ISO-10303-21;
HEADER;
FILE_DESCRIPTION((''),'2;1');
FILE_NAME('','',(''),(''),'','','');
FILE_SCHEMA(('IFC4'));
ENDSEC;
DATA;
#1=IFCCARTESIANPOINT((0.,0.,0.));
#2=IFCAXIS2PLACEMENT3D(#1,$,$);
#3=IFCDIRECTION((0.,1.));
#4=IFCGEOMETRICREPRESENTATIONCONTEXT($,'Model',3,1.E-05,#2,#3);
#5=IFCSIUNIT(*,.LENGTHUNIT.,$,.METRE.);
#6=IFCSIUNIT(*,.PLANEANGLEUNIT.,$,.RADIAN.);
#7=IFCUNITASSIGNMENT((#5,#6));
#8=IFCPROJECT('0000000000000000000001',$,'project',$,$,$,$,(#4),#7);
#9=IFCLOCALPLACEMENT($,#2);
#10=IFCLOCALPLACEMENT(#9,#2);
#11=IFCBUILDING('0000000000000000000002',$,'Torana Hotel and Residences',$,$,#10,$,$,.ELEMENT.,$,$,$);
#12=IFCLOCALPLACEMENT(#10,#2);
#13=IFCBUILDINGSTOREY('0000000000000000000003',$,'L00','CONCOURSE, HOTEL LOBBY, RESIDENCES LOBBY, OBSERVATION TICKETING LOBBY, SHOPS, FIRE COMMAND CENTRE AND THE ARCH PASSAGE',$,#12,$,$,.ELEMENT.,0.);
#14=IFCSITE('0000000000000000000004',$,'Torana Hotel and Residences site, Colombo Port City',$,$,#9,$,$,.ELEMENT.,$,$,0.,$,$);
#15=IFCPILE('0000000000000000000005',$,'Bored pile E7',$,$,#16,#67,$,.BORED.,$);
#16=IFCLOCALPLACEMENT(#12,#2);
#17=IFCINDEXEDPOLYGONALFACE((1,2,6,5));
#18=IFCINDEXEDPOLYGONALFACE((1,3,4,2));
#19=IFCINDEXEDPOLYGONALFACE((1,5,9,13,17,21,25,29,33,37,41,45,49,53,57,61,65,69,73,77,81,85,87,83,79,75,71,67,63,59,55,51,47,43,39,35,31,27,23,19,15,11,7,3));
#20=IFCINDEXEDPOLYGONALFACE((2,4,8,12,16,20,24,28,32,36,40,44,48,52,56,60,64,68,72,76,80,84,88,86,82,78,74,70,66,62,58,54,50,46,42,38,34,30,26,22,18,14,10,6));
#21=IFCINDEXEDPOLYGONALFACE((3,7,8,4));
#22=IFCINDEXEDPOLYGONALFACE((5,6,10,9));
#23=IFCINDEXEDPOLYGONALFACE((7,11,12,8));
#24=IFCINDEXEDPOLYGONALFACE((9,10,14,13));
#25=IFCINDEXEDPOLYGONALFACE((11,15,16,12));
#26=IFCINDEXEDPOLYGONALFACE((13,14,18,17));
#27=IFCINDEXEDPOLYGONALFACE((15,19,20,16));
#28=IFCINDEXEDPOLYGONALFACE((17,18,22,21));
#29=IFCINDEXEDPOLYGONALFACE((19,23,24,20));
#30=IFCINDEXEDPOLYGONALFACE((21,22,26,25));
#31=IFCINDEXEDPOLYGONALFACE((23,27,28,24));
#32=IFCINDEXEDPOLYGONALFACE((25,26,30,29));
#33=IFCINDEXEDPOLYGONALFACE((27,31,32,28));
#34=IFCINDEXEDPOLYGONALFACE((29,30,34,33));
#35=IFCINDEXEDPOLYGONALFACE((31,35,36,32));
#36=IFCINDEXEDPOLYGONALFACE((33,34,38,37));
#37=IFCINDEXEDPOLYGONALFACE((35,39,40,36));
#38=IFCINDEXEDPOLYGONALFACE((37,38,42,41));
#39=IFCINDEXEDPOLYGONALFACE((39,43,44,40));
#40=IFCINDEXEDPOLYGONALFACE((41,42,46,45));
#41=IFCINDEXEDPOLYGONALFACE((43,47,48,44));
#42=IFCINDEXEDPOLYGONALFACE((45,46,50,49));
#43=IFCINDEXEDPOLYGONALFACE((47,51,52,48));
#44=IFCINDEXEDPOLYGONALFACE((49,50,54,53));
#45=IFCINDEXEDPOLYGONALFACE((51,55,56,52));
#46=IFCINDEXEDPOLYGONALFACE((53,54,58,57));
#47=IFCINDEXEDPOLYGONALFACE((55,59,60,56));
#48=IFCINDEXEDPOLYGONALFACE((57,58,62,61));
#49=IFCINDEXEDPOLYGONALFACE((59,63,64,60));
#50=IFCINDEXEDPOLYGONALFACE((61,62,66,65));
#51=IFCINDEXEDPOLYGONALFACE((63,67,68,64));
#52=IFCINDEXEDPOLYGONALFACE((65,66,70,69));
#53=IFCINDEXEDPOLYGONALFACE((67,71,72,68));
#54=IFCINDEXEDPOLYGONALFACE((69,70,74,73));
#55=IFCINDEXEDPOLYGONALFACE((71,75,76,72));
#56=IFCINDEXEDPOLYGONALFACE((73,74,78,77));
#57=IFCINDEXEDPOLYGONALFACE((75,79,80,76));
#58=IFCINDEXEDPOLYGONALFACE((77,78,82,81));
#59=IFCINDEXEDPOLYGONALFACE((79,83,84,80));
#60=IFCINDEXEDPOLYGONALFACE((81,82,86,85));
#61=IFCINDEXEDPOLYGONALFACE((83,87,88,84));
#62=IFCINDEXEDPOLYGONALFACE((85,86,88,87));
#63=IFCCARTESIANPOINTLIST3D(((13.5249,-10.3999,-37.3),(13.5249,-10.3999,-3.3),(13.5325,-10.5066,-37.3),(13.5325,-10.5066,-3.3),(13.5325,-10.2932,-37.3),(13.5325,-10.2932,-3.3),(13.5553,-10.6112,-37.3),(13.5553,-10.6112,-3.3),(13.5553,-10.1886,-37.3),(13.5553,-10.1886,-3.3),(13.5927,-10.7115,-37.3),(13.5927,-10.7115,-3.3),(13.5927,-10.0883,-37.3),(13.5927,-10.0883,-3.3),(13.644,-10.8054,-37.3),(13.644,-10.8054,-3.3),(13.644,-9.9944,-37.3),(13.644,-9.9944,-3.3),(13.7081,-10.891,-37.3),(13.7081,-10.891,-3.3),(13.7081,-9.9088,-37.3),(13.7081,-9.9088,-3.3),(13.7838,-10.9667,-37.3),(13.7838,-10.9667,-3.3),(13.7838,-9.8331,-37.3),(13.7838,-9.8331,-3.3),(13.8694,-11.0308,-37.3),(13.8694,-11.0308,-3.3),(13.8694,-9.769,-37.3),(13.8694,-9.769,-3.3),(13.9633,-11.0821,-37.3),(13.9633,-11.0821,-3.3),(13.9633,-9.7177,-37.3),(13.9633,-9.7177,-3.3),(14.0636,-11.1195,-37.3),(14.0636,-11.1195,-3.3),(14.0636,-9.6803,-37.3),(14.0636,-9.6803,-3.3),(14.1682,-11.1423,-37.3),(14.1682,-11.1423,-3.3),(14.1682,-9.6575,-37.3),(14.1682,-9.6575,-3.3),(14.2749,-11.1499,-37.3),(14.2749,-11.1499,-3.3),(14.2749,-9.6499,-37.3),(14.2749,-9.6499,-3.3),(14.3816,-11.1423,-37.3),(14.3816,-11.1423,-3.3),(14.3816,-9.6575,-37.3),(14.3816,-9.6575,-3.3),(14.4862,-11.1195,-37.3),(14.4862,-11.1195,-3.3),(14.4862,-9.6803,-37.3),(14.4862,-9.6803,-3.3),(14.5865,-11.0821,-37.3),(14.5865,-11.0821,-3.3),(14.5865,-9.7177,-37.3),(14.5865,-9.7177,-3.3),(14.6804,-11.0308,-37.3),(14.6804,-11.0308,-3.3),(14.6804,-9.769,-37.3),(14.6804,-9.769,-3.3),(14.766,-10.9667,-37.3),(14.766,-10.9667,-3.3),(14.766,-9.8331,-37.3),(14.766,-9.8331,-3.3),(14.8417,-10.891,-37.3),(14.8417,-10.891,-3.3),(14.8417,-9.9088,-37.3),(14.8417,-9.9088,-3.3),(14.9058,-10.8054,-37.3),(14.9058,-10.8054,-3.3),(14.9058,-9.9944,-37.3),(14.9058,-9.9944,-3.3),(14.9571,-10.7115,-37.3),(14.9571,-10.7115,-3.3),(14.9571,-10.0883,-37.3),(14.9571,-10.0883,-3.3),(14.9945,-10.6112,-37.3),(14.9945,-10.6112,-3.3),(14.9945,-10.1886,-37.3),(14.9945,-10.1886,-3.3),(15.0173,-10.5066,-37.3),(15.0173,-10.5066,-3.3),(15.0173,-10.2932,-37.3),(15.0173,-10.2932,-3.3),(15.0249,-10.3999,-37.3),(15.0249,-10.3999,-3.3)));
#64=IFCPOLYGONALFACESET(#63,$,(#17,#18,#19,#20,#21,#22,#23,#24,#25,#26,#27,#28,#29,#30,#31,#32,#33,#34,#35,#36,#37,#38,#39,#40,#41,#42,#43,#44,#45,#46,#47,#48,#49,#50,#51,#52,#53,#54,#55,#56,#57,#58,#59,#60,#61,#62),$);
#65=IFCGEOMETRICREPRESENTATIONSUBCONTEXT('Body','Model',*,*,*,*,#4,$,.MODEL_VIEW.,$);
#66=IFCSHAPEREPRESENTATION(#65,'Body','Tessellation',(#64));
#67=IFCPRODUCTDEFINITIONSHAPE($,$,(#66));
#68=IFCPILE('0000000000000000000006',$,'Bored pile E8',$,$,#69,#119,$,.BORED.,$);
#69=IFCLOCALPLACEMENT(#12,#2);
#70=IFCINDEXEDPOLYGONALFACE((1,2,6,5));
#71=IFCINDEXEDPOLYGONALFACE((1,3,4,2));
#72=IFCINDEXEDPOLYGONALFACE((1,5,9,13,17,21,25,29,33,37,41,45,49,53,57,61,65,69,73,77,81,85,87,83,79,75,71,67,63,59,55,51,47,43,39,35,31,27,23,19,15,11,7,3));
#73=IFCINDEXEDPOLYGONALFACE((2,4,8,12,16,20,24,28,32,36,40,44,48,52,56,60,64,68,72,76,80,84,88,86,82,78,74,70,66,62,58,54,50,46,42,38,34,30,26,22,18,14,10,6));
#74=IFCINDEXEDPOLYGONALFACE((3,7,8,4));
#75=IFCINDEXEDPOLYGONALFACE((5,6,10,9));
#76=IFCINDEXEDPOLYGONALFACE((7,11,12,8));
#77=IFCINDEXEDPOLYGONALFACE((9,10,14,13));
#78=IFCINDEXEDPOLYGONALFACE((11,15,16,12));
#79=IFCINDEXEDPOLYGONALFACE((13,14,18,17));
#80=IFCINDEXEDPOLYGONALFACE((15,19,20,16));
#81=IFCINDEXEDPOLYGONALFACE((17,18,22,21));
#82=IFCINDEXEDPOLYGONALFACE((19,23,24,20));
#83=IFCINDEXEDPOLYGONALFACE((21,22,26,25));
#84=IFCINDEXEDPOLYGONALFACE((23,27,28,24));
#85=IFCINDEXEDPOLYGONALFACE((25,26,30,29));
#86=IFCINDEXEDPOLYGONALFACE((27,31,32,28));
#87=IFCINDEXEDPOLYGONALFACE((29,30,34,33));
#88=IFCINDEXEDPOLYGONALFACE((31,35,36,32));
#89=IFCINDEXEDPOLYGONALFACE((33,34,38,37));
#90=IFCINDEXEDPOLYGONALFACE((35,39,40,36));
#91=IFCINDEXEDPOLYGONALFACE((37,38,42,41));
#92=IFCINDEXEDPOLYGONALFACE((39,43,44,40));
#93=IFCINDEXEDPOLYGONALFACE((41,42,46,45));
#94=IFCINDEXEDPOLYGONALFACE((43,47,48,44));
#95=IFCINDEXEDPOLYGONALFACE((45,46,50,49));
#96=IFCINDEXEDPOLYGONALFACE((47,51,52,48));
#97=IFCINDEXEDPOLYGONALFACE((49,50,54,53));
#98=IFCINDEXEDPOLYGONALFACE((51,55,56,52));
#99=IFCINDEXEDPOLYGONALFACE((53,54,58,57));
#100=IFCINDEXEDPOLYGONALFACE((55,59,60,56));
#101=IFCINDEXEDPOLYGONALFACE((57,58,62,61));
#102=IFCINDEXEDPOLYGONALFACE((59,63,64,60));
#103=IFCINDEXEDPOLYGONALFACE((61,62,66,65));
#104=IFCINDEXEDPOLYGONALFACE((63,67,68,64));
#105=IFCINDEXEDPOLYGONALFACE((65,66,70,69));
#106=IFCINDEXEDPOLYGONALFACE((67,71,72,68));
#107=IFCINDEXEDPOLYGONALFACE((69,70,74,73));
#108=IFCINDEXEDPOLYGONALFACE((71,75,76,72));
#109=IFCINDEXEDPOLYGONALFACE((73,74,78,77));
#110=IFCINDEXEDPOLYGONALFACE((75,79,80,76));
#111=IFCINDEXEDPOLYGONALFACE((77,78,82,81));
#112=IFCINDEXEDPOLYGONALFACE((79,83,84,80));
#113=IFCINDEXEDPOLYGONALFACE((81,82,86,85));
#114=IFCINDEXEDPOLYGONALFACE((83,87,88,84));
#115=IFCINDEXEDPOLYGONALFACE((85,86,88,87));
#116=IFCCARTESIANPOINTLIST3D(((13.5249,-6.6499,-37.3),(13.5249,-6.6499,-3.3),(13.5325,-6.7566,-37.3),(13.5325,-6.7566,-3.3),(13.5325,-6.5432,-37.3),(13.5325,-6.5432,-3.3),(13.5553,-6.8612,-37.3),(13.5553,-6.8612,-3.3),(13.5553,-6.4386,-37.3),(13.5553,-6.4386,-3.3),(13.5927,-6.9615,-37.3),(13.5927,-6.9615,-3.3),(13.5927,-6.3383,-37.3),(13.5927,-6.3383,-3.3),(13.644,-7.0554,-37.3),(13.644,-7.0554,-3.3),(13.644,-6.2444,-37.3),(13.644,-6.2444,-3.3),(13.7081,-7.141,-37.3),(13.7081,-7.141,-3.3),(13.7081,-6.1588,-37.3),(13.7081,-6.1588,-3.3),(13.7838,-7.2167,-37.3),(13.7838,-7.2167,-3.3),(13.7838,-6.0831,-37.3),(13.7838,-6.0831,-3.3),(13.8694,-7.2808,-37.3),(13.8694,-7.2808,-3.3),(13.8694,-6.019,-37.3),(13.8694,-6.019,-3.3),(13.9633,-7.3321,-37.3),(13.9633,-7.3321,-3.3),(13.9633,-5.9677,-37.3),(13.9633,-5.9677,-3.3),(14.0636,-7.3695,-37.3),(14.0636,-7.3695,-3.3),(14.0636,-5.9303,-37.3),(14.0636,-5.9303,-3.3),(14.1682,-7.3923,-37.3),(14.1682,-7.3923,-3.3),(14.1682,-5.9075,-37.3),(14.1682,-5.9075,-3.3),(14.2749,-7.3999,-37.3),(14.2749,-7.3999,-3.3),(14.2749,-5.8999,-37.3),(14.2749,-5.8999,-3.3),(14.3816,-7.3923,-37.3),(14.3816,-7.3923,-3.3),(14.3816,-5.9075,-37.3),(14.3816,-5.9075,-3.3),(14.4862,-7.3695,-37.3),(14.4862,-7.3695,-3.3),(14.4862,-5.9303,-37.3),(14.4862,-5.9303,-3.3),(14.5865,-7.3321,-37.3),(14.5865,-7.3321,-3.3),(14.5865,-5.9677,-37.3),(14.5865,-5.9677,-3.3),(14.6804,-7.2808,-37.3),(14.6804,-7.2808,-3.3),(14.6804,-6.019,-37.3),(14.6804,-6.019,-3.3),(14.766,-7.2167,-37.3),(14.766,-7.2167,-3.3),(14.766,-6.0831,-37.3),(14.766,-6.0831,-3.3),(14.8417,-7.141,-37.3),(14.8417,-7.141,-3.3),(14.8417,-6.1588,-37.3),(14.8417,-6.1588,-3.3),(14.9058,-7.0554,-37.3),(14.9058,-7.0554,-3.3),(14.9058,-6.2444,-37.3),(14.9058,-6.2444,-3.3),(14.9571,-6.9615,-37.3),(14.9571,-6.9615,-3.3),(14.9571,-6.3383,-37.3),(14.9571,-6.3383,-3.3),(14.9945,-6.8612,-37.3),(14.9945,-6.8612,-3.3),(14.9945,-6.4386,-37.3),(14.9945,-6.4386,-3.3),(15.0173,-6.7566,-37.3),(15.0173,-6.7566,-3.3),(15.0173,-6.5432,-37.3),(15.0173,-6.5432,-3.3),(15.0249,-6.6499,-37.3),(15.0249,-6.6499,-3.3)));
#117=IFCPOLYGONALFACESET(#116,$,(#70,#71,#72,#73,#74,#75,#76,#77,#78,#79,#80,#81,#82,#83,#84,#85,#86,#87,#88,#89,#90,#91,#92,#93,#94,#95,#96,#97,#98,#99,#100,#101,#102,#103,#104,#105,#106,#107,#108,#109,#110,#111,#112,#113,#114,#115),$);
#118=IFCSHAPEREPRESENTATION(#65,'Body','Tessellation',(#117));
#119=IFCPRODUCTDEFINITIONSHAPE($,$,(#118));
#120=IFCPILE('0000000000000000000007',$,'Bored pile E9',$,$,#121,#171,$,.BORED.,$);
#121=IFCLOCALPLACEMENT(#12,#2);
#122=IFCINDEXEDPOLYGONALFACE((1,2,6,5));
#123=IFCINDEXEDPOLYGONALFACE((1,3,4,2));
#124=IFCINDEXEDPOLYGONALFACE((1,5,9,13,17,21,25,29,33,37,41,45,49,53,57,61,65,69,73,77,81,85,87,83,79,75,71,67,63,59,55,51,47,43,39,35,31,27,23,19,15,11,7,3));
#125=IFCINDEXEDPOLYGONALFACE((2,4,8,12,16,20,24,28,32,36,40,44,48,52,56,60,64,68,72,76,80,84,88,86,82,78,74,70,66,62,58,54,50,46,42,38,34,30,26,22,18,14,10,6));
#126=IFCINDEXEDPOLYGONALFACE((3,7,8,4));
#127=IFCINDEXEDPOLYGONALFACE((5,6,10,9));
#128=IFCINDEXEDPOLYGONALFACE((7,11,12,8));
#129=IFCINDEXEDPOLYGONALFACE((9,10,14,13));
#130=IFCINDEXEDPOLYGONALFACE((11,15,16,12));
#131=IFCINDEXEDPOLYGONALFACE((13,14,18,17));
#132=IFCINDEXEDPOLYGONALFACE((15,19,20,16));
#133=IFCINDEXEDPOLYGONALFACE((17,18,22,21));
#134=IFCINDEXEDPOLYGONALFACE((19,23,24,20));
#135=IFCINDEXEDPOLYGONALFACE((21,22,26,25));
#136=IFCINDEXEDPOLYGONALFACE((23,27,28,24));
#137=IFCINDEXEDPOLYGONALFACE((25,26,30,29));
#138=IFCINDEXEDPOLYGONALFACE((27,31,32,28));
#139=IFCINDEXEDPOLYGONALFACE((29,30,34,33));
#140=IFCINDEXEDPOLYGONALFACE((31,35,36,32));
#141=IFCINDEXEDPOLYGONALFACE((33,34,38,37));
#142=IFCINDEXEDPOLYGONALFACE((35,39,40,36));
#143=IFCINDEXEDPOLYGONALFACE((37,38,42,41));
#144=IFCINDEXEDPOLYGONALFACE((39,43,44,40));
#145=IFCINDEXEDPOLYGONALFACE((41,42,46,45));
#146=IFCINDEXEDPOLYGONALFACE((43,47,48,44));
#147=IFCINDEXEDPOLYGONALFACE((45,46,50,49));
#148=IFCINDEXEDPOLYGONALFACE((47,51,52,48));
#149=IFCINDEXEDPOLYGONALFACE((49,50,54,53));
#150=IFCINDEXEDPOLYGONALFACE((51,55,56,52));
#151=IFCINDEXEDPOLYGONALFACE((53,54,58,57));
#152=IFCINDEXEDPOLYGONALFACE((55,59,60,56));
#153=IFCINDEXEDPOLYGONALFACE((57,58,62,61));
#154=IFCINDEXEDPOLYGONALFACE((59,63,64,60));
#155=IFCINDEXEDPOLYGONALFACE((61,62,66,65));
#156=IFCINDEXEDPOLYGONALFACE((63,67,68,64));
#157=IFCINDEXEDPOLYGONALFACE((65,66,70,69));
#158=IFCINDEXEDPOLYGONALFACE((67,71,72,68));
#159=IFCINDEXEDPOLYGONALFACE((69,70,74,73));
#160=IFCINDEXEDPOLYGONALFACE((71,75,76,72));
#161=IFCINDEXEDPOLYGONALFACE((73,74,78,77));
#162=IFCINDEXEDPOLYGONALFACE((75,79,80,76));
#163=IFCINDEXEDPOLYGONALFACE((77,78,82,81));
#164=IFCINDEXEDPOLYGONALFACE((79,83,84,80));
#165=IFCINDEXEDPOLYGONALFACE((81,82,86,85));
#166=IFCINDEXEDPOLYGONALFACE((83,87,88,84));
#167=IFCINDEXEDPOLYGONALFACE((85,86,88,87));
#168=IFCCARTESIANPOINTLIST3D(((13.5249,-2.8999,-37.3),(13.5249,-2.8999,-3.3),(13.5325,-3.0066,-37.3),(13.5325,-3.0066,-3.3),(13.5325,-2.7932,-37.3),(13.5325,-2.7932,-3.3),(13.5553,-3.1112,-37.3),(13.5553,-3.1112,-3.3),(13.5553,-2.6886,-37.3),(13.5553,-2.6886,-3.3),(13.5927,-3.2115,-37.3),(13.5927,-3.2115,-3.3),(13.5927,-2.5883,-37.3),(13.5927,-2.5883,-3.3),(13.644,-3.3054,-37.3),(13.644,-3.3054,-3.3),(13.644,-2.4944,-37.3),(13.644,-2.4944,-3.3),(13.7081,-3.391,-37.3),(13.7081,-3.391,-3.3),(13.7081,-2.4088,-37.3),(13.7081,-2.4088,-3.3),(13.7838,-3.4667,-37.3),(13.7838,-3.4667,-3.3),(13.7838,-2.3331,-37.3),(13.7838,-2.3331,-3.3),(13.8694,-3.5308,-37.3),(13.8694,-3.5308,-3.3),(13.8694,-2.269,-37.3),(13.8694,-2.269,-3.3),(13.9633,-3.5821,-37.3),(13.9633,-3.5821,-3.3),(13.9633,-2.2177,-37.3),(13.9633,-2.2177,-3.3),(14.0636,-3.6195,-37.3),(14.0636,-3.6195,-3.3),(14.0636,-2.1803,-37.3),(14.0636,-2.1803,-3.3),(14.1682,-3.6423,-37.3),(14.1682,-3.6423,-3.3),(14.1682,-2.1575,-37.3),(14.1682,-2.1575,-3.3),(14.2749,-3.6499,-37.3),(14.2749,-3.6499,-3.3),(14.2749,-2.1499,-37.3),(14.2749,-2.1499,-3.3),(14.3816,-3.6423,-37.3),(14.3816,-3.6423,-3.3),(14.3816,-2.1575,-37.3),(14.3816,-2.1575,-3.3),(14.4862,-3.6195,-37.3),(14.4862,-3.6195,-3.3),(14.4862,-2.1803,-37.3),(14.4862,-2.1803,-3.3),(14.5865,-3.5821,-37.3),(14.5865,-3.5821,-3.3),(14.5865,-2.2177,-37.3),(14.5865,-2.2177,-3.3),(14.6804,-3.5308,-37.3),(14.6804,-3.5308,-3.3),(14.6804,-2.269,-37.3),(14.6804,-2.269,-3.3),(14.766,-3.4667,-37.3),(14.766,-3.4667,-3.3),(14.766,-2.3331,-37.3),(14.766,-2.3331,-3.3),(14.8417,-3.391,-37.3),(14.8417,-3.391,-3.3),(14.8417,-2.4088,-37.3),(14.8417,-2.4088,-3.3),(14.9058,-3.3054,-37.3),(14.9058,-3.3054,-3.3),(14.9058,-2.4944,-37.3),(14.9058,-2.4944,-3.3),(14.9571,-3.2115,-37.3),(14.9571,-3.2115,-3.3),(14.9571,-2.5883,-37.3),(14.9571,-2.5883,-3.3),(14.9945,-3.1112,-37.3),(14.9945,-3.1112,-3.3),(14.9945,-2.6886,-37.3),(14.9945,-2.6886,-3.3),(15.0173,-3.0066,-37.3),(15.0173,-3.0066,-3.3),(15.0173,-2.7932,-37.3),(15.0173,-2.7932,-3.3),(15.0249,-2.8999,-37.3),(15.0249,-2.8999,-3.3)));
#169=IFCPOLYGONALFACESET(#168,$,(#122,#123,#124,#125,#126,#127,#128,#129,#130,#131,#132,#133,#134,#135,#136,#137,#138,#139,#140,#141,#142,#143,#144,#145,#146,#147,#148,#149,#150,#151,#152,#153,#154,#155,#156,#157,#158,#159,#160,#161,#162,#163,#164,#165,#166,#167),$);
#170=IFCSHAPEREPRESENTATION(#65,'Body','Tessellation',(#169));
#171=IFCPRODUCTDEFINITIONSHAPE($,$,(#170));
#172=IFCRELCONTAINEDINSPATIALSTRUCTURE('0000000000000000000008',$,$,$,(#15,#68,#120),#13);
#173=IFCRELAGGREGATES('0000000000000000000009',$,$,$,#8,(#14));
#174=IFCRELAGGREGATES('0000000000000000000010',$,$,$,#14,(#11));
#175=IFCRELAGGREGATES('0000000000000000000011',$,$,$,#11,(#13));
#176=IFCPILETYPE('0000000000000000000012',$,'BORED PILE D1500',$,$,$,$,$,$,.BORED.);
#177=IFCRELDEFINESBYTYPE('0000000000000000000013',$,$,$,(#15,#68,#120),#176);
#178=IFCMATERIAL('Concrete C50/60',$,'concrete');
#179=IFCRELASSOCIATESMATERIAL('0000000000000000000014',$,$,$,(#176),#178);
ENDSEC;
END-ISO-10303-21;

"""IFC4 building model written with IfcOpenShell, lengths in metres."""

from ifc_helpers import new_model, si_unit, direction, frame, origin, origin_2d, place, context, subcontext, project, spatial, circle, extrude, material, type_object, element, save


model = new_model("IFC4")

# Units and contexts
model_context = context("Model", 3, precision=1e-05, world=origin(), true_north=direction((0.0, 1.0)))
body_context = subcontext(model_context, "Body", "Model", "MODEL_VIEW")
ifc_project = project(units=[si_unit("LENGTHUNIT", "METRE"), si_unit("PLANEANGLEUNIT", "RADIAN")], contexts=[model_context])

# Site, building, storey
site_placement = place(None, origin())
site = spatial("IfcSite", under=ifc_project, at=site_placement, Name="Torana Hotel and Residences site, Colombo Port City", CompositionType="ELEMENT", RefElevation=0.0)
building_placement = place(site_placement, origin())
building = spatial("IfcBuilding", under=site, at=building_placement, Name="Torana Hotel and Residences", CompositionType="ELEMENT")
storey_placement = place(building_placement, origin())
storey = spatial("IfcBuildingStorey", under=building, at=storey_placement, Name="L00", Description="CONCOURSE, HOTEL LOBBY, RESIDENCES LOBBY, OBSERVATION TICKETING LOBBY, SHOPS, FIRE COMMAND CENTRE AND THE ARCH PASSAGE", CompositionType="ELEMENT", Elevation=0.0)

# Piles
ifc_material_1 = material(Name="Concrete C50/60", Category="concrete")
pile_type = type_object("IfcPileType", Name="BORED PILE D1500", PredefinedType="BORED", material=ifc_material_1)
for number, where, z_axis, x_axis, name in (
    (1, (14.2749, -10.3999, -3.3), (0.0, 0.0, -1.0), (1.0, 0.0, 0.0), "Bored pile E7"),
    (2, (14.2749, -6.6499, -3.3), (0.0, 0.0, -1.0), (1.0, 0.0, 0.0), "Bored pile E8"),
    (3, (14.2749, -2.8999, -3.3), (0.0, 0.0, -1.0), (1.0, 0.0, 0.0), "Bored pile E9"),
):
    element("IfcPile", number, at=place(storey_placement, frame(where, z_axis=z_axis, x_axis=x_axis)), inside=storey, type_object=pile_type, Name=name, PredefinedType="BORED", context=body_context, shape_type="SweptSolid", body=[
        extrude(circle(Radius=0.75, at=origin_2d()), origin(), (0.0, 0.0, 1.0), 34.0),
    ])

save(model, "model.ifc")
